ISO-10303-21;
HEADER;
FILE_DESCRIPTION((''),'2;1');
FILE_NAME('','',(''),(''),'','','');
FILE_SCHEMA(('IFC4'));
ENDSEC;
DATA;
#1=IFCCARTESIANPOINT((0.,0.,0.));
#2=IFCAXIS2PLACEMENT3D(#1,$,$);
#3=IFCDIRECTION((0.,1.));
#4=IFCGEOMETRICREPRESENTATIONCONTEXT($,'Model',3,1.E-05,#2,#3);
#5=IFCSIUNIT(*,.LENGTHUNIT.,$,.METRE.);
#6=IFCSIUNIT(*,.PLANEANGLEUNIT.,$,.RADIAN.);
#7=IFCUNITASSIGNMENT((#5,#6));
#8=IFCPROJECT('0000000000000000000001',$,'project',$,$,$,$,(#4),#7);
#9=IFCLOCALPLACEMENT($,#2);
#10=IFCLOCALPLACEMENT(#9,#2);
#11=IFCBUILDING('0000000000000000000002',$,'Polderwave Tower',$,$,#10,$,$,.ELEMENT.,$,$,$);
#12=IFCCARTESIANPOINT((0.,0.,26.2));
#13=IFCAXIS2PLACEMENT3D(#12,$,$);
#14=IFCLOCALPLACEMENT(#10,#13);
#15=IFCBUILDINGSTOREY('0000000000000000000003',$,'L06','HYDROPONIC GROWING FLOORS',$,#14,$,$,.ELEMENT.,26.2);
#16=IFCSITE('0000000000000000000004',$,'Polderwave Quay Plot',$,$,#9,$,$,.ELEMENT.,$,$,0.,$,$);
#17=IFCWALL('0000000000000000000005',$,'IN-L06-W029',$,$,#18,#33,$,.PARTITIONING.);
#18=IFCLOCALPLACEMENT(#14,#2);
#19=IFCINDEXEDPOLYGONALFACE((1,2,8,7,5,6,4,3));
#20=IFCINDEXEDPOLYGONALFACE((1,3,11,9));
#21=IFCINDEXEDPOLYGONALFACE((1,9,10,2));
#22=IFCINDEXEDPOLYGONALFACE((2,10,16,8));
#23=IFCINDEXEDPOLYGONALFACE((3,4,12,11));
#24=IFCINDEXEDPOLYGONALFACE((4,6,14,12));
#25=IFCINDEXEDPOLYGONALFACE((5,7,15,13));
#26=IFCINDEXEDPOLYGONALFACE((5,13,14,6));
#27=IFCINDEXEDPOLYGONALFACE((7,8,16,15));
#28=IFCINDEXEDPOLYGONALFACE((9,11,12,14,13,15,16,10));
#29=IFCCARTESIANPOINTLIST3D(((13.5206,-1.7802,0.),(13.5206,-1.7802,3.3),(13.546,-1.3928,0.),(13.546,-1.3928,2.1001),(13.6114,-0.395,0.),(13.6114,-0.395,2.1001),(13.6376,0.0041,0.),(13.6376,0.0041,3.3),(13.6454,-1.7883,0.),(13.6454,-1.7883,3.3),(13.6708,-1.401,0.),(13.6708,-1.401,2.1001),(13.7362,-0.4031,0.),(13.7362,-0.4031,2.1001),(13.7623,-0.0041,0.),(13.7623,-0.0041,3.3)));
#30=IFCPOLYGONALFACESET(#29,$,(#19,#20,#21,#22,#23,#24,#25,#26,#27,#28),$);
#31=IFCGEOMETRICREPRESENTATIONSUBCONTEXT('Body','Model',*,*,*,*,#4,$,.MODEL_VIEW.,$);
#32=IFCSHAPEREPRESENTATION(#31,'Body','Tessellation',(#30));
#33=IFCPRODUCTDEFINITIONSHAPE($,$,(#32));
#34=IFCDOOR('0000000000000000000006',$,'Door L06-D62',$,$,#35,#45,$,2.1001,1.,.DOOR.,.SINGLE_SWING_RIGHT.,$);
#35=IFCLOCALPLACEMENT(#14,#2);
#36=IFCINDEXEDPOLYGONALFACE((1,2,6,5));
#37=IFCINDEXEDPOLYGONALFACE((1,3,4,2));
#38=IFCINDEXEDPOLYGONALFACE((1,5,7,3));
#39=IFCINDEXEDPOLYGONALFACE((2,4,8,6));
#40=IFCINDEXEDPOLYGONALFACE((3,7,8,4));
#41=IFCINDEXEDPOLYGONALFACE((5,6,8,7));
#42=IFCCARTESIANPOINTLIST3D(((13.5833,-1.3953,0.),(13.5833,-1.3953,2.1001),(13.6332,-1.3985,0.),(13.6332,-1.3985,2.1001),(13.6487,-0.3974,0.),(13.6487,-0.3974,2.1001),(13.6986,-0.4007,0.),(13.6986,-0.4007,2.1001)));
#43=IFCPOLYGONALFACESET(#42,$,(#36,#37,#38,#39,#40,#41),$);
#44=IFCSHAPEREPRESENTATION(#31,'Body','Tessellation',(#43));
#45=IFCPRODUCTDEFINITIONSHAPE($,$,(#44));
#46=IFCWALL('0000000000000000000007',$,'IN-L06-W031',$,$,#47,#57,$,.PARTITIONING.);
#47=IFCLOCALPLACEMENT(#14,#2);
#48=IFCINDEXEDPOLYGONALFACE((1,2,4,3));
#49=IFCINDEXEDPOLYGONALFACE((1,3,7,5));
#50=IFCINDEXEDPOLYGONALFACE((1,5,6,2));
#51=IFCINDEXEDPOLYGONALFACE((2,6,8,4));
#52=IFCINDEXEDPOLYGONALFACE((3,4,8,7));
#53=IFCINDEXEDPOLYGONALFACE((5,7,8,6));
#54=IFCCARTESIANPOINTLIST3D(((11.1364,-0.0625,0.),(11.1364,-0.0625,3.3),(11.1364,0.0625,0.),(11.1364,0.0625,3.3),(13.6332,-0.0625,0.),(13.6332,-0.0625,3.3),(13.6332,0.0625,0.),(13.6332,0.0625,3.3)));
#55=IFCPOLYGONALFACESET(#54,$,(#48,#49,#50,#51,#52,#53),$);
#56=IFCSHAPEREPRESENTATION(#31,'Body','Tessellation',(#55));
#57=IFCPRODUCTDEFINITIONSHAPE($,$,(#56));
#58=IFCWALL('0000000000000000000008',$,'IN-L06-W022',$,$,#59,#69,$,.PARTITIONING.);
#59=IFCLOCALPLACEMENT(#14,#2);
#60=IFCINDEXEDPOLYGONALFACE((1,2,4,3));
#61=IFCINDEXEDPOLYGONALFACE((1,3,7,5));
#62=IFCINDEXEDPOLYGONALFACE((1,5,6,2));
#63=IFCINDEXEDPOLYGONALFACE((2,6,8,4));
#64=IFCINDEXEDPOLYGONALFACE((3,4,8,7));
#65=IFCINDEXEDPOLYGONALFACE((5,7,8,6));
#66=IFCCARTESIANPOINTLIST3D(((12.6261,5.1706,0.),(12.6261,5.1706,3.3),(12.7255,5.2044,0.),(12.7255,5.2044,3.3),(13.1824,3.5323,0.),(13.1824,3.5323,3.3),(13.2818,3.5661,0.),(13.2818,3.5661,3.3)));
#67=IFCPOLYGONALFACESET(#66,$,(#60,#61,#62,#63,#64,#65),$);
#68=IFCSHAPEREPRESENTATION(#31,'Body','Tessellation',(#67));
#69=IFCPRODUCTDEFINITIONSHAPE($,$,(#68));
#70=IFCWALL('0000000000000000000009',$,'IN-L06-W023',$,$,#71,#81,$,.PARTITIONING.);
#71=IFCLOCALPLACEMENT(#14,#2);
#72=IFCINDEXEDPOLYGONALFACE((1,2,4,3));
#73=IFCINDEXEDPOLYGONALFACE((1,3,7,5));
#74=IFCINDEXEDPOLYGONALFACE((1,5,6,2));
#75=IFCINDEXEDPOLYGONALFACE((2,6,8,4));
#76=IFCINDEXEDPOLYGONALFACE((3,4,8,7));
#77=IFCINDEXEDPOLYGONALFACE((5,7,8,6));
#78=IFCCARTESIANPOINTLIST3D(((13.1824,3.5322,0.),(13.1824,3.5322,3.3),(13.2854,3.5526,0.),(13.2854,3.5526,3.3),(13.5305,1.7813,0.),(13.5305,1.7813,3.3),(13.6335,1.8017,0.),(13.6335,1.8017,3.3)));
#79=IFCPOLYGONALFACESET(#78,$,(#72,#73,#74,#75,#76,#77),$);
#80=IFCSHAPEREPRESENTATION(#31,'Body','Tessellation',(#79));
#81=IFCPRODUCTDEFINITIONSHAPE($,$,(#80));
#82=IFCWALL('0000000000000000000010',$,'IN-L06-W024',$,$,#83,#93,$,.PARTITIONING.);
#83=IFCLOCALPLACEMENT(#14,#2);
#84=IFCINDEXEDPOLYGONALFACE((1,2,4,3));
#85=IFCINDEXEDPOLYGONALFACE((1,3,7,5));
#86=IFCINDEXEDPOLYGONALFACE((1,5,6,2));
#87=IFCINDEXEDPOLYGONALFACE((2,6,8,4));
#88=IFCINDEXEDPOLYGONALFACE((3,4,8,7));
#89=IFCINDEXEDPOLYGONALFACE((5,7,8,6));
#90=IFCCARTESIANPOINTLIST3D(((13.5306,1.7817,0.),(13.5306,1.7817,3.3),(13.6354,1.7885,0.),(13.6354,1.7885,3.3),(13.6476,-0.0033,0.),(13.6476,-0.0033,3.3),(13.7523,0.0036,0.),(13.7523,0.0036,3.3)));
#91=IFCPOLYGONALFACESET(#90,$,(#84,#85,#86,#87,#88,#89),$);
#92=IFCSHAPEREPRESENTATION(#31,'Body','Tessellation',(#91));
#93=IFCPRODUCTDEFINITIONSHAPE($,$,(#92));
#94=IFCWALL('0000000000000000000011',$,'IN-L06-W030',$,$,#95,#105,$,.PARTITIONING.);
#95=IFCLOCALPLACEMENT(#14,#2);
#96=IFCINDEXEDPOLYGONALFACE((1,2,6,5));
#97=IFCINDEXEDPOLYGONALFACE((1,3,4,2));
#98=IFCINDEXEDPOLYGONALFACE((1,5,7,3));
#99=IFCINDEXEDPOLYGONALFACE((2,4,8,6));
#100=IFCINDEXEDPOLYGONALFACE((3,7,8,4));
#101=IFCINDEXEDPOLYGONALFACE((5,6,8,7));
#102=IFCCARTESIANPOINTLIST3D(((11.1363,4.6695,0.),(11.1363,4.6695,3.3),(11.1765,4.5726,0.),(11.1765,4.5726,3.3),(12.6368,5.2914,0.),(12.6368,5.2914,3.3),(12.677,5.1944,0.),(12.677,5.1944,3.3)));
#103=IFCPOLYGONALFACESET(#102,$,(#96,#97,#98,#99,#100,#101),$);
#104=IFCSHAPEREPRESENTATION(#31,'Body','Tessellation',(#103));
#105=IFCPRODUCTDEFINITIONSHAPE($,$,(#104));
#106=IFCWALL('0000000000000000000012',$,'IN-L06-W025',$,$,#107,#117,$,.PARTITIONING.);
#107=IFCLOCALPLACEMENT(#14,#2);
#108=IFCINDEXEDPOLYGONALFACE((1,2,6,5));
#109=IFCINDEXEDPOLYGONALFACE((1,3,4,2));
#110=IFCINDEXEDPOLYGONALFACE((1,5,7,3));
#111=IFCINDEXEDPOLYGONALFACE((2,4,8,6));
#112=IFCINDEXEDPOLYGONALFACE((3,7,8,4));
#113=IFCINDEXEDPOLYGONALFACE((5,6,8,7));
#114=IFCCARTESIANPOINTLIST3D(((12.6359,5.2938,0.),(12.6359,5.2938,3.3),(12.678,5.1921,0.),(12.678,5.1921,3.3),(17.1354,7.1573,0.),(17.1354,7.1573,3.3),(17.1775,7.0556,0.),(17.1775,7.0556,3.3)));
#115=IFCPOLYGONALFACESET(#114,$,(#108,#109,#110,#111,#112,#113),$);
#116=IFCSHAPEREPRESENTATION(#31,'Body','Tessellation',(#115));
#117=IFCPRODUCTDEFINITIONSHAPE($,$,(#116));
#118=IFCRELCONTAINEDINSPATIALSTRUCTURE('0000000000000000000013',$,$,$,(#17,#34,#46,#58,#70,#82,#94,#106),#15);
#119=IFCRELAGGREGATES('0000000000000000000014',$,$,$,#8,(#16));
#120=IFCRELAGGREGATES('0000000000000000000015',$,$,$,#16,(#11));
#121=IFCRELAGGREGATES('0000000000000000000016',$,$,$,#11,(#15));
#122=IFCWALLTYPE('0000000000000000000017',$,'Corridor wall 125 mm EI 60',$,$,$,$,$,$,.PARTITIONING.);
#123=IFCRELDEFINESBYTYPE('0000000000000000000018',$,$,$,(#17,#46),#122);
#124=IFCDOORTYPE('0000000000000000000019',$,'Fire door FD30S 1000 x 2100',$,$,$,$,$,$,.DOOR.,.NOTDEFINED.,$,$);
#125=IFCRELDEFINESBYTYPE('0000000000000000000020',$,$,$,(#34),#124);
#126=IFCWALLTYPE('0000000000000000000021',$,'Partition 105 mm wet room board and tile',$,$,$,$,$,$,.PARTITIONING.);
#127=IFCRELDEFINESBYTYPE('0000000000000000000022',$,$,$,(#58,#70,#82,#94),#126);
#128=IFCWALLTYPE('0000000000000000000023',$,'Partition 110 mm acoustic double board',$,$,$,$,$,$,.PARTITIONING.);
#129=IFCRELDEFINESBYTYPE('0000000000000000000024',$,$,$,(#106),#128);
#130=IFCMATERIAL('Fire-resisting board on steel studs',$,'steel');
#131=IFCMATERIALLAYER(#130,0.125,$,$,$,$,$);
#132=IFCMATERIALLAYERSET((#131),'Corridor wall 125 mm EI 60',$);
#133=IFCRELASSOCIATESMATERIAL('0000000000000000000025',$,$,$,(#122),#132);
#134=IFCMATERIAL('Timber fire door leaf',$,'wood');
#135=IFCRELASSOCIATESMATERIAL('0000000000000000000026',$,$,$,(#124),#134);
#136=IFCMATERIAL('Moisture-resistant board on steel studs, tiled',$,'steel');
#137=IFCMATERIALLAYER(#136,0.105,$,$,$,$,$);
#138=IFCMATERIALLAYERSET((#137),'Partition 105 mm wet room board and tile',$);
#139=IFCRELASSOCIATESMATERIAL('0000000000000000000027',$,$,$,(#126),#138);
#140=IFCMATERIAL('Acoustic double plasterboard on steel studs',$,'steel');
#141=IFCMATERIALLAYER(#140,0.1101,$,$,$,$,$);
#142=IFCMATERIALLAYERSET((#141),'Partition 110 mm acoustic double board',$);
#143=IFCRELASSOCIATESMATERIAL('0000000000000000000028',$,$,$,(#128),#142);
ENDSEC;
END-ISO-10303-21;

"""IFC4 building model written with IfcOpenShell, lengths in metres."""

from ifc_helpers import new_model, si_unit, direction, frame, frame_2d, origin, place, context, subcontext, project, spatial, rectangle, extrude, material, layer, layer_set, type_object, element, fill, save


model = new_model("IFC4")

# Units and contexts
model_context = context("Model", 3, precision=1e-05, world=origin(), true_north=direction((0.0, 1.0)))
body_context = subcontext(model_context, "Body", "Model", "MODEL_VIEW")
ifc_project = project(units=[si_unit("LENGTHUNIT", "METRE"), si_unit("PLANEANGLEUNIT", "RADIAN")], contexts=[model_context])

# Site, building, storey
site_placement = place(None, origin())
site = spatial("IfcSite", under=ifc_project, at=site_placement, Name="Polderwave Quay Plot", CompositionType="ELEMENT", RefElevation=0.0)
building_placement = place(site_placement, origin())
building = spatial("IfcBuilding", under=site, at=building_placement, Name="Polderwave Tower", CompositionType="ELEMENT")
storey_placement = place(building_placement, frame((0.0, 0.0, 26.2)))
storey = spatial("IfcBuildingStorey", under=building, at=storey_placement, Name="L06", Description="HYDROPONIC GROWING FLOORS", CompositionType="ELEMENT", Elevation=26.2)

# Wall, opening, door
ifc_material_1 = material(Name="Fire-resisting board on steel studs", Category="steel")
ifc_layer_1 = layer(ifc_material_1, 0.125)
ifc_layer_set_1 = layer_set([ifc_layer_1], Name="Corridor wall 125 mm EI 60")
wall_type_1 = type_object("IfcWallType", Name="Corridor wall 125 mm EI 60", PredefinedType="PARTITIONING", material=ifc_layer_set_1)
wall_1_placement = place(storey_placement, frame((13.7, 0.0, 0.0), z_axis=(0.0, 0.0, 1.0), x_axis=(-0.065404, -0.997859, 0.0)))
wall_1 = element("IfcWall", 1, at=wall_1_placement, inside=storey, type_object=wall_type_1, Name="IN-L06-W029", PredefinedType="PARTITIONING", context=body_context, shape_type="SweptSolid", body=[
    extrude(rectangle(XDim=1.7881, YDim=0.125, at=frame_2d((0.894, 0.0))), origin(), (0.0, 0.0, 1.0), 3.3),
])
opening_placement = place(wall_1_placement, frame((0.3999, 0.0, 0.0)))
opening = element("IfcOpeningElement", 2, at=opening_placement, cuts=wall_1, PredefinedType="OPENING", context=body_context, shape_type="SweptSolid", body=[
    extrude(rectangle(XDim=1.0, YDim=2.1001, at=frame_2d((0.5, 1.05))), frame((0.0, 0.0725, 0.0), z_axis=(0.0, -1.0, 0.0), x_axis=(1.0, 0.0, 0.0)), (0.0, 0.0, 1.0), 0.145),
])
ifc_material_2 = material(Name="Timber fire door leaf", Category="wood")
door_type = type_object("IfcDoorType", Name="Fire door FD30S 1000 x 2100", OperationType="NOTDEFINED", PredefinedType="DOOR", material=ifc_material_2)
door_placement = place(opening_placement, origin())
door = element("IfcDoor", 3, at=door_placement, inside=storey, type_object=door_type, Name="Door L06-D62", OperationType="SINGLE_SWING_RIGHT", OverallHeight=2.1001, OverallWidth=1.0, PredefinedType="DOOR", context=body_context, shape_type="SweptSolid", body=[
    extrude(rectangle(XDim=1.0, YDim=2.1001, at=frame_2d((0.5, 1.05))), frame((0.0, 0.0249, 0.0), z_axis=(0.0, -1.0, 0.0), x_axis=(1.0, 0.0, 0.0)), (0.0, 0.0, 1.0), 0.05),
])
fill(opening, door)

# Walls
wall_2_placement = place(storey_placement, frame((13.6333, 0.0, 0.0), z_axis=(0.0, 0.0, 1.0), x_axis=(-1.0, 0.0, 0.0)))
element("IfcWall", 4, at=wall_2_placement, inside=storey, type_object=wall_type_1, Name="IN-L06-W031", PredefinedType="PARTITIONING", context=body_context, shape_type="SweptSolid", body=[
    extrude(rectangle(XDim=2.4968, YDim=0.125, at=frame_2d((1.2485, 0.0))), origin(), (0.0, 0.0, 1.0), 3.3),
])
ifc_material_3 = material(Name="Moisture-resistant board on steel studs, tiled", Category="steel")
ifc_layer_2 = layer(ifc_material_3, 0.105)
ifc_layer_set_2 = layer_set([ifc_layer_2], Name="Partition 105 mm wet room board and tile")
wall_type_2 = type_object("IfcWallType", Name="Partition 105 mm wet room board and tile", PredefinedType="PARTITIONING", material=ifc_layer_set_2)
wall_3_placement = place(storey_placement, frame((13.2322, 3.5491, 0.0), z_axis=(0.0, 0.0, 1.0), x_axis=(-0.321556, 0.946891, 0.0)))
element("IfcWall", 5, at=wall_3_placement, inside=storey, type_object=wall_type_2, Name="IN-L06-W022", PredefinedType="PARTITIONING", context=body_context, shape_type="SweptSolid", body=[
    extrude(rectangle(XDim=1.7302, YDim=0.105, at=frame_2d((0.8652, 0.0))), origin(), (0.0, 0.0, 1.0), 3.3),
])
wall_4_placement = place(storey_placement, frame((13.582, 1.7915, 0.0), z_axis=(0.0, 0.0, 1.0), x_axis=(-0.195011, 0.980801, 0.0)))
element("IfcWall", 6, at=wall_4_placement, inside=storey, type_object=wall_type_2, Name="IN-L06-W023", PredefinedType="PARTITIONING", context=body_context, shape_type="SweptSolid", body=[
    extrude(rectangle(XDim=1.7852, YDim=0.105, at=frame_2d((0.8926, 0.0))), origin(), (0.0, 0.0, 1.0), 3.3),
])
wall_5_placement = place(storey_placement, frame((13.7, 0.0, 0.0), z_axis=(0.0, 0.0, 1.0), x_axis=(-0.065378, 0.997861, 0.0)))
element("IfcWall", 7, at=wall_5_placement, inside=storey, type_object=wall_type_2, Name="IN-L06-W024", PredefinedType="PARTITIONING", context=body_context, shape_type="SweptSolid", body=[
    extrude(rectangle(XDim=1.7888, YDim=0.105, at=frame_2d((0.8945, 0.0))), origin(), (0.0, 0.0, 1.0), 3.3),
])
wall_6_placement = place(storey_placement, frame((11.1565, 4.6211, 0.0), z_axis=(0.0, 0.0, 1.0), x_axis=(0.923813, 0.382843, 0.0)))
element("IfcWall", 8, at=wall_6_placement, inside=storey, type_object=wall_type_2, Name="IN-L06-W030", PredefinedType="PARTITIONING", context=body_context, shape_type="SweptSolid", body=[
    extrude(rectangle(XDim=1.6243, YDim=0.105, at=frame_2d((0.812, 0.0))), origin(), (0.0, 0.0, 1.0), 3.3),
])
ifc_material_4 = material(Name="Acoustic double plasterboard on steel studs", Category="steel")
ifc_layer_3 = layer(ifc_material_4, 0.1101)
ifc_layer_set_3 = layer_set([ifc_layer_3], Name="Partition 110 mm acoustic double board")
wall_type_3 = type_object("IfcWallType", Name="Partition 110 mm acoustic double board", PredefinedType="PARTITIONING", material=ifc_layer_set_3)
wall_7_placement = place(storey_placement, frame((12.657, 5.2429, 0.0), z_axis=(0.0, 0.0, 1.0), x_axis=(0.923896, 0.382643, 0.0)))
element("IfcWall", 9, at=wall_7_placement, inside=storey, type_object=wall_type_3, Name="IN-L06-W025", PredefinedType="PARTITIONING", context=body_context, shape_type="SweptSolid", body=[
    extrude(rectangle(XDim=4.8701, YDim=0.1101, at=frame_2d((2.4351, 0.0))), origin(), (0.0, 0.0, 1.0), 3.3),
])

save(model, "model.ifc")
